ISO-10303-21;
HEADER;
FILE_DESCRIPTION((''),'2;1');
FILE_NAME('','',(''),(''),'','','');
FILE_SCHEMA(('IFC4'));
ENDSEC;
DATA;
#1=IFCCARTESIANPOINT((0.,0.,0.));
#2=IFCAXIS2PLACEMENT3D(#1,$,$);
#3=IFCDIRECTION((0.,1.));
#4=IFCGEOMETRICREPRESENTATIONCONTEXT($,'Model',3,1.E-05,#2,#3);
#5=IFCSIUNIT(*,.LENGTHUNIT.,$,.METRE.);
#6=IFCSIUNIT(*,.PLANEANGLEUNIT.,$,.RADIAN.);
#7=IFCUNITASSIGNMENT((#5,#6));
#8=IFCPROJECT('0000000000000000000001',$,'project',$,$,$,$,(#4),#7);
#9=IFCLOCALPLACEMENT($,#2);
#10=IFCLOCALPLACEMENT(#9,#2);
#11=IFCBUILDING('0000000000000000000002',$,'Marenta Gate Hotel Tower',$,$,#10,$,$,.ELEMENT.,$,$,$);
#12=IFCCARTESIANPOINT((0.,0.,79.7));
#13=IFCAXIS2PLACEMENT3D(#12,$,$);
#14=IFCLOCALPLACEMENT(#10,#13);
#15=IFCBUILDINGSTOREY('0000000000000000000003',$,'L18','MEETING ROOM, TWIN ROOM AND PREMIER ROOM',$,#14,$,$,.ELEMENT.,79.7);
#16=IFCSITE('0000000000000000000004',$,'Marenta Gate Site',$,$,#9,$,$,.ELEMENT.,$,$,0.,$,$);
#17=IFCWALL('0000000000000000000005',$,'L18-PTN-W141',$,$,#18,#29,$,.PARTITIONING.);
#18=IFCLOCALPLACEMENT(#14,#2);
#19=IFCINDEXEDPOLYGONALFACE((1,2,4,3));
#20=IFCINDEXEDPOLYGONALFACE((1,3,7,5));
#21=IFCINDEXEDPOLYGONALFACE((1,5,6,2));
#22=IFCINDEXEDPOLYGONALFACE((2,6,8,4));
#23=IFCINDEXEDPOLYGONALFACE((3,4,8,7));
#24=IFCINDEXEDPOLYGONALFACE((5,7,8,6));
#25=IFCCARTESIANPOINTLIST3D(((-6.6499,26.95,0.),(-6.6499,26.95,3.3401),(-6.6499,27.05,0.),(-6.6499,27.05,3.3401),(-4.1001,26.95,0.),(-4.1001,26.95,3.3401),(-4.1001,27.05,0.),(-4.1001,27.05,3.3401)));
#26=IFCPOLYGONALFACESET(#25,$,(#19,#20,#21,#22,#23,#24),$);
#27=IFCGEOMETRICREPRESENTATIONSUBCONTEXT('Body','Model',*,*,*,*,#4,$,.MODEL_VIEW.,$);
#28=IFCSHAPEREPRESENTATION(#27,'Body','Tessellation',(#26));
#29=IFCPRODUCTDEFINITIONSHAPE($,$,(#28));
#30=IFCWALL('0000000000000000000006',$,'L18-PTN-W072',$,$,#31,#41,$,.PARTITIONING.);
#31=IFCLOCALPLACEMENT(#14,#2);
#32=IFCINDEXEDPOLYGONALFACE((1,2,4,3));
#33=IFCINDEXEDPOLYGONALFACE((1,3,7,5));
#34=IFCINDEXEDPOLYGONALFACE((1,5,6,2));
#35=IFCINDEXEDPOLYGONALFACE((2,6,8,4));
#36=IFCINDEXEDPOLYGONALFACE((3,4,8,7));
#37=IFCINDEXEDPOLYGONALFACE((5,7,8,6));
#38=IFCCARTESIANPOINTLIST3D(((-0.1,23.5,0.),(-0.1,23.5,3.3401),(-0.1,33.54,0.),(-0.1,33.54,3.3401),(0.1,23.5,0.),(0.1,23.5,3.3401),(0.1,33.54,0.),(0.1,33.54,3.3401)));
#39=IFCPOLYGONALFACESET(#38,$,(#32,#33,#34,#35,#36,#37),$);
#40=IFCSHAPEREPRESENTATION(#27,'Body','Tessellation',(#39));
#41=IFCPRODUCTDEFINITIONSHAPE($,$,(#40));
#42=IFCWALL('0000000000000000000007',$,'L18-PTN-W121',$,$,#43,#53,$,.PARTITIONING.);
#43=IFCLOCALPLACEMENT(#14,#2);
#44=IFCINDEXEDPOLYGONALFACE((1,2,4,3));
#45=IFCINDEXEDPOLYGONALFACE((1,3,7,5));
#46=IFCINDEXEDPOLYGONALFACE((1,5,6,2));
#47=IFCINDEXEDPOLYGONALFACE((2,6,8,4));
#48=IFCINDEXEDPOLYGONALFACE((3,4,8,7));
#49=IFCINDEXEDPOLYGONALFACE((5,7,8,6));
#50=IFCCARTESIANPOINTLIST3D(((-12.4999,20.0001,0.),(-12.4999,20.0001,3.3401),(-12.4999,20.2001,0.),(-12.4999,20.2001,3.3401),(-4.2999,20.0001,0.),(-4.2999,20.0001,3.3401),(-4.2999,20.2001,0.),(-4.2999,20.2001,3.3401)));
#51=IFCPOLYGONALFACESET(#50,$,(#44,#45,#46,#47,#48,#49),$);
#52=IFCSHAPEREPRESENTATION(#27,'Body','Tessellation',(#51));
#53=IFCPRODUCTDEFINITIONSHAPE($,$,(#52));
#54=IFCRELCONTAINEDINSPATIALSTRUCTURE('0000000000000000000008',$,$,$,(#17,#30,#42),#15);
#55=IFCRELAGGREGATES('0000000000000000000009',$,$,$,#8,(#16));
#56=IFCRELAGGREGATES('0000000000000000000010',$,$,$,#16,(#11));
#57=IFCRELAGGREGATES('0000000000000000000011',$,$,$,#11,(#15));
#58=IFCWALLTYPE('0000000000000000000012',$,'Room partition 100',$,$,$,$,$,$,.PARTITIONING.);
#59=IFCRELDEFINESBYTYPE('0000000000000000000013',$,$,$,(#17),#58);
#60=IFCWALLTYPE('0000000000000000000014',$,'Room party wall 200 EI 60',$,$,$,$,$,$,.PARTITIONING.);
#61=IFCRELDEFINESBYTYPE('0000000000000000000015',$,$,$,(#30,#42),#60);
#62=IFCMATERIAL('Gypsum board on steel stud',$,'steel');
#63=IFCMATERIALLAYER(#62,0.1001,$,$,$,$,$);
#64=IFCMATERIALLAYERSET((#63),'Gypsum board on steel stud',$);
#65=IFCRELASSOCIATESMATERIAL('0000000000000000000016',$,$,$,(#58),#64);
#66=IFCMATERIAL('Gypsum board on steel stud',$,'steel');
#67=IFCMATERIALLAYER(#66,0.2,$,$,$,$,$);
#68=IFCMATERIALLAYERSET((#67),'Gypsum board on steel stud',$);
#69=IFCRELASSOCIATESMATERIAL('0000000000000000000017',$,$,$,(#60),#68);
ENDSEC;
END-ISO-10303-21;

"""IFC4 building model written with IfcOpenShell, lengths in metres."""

from ifc_helpers import new_model, si_unit, direction, frame, frame_2d, origin, place, context, subcontext, project, spatial, rectangle, extrude, material, layer, layer_set, type_object, element, save


model = new_model("IFC4")

# Units and contexts
model_context = context("Model", 3, precision=1e-05, world=origin(), true_north=direction((0.0, 1.0)))
body_context = subcontext(model_context, "Body", "Model", "MODEL_VIEW")
ifc_project = project(units=[si_unit("LENGTHUNIT", "METRE"), si_unit("PLANEANGLEUNIT", "RADIAN")], contexts=[model_context])

# Site, building, storey
site_placement = place(None, origin())
site = spatial("IfcSite", under=ifc_project, at=site_placement, Name="Marenta Gate Site", CompositionType="ELEMENT", RefElevation=0.0)
building_placement = place(site_placement, origin())
building = spatial("IfcBuilding", under=site, at=building_placement, Name="Marenta Gate Hotel Tower", CompositionType="ELEMENT")
storey_placement = place(building_placement, frame((0.0, 0.0, 79.7)))
storey = spatial("IfcBuildingStorey", under=building, at=storey_placement, Name="L18", Description="MEETING ROOM, TWIN ROOM AND PREMIER ROOM", CompositionType="ELEMENT", Elevation=79.7)

# Shared definitions
ifc_material_1 = material(Name="Gypsum board on steel stud", Category="steel")
ifc_layer_1 = layer(ifc_material_1, 0.1001)
ifc_layer_set_1 = layer_set([ifc_layer_1], Name="Gypsum board on steel stud")
wall_type_1 = type_object("IfcWallType", Name="Room partition 100", PredefinedType="PARTITIONING", material=ifc_layer_set_1)

# Walls
wall_1_placement = place(storey_placement, frame((-6.6499, 27.0, 0.0), z_axis=(0.0, 0.0, 1.0), x_axis=(1.0, 0.0, 0.0)))
element("IfcWall", 1, at=wall_1_placement, inside=storey, type_object=wall_type_1, Name="L18-PTN-W141", PredefinedType="PARTITIONING", context=body_context, shape_type="SweptSolid", body=[
    extrude(rectangle(XDim=2.5498, YDim=0.1001, at=frame_2d((1.2749, 0.0))), origin(), (0.0, 0.0, 1.0), 3.3401),
])
ifc_material_2 = material(Name="Gypsum board on steel stud", Category="steel")
ifc_layer_2 = layer(ifc_material_2, 0.2)
ifc_layer_set_2 = layer_set([ifc_layer_2], Name="Gypsum board on steel stud")
wall_type_2 = type_object("IfcWallType", Name="Room party wall 200 EI 60", PredefinedType="PARTITIONING", material=ifc_layer_set_2)
wall_2_placement = place(storey_placement, frame((0.0, 23.5, 0.0), z_axis=(0.0, 0.0, 1.0), x_axis=(0.0, 1.0, 0.0)))
element("IfcWall", 2, at=wall_2_placement, inside=storey, type_object=wall_type_2, Name="L18-PTN-W072", PredefinedType="PARTITIONING", context=body_context, shape_type="SweptSolid", body=[
    extrude(rectangle(XDim=10.04, YDim=0.2, at=frame_2d((5.02, 0.0))), origin(), (0.0, 0.0, 1.0), 3.3401),
])
wall_3_placement = place(storey_placement, frame((-12.5, 20.1001, 0.0), z_axis=(0.0, 0.0, 1.0), x_axis=(1.0, 0.0, 0.0)))
element("IfcWall", 3, at=wall_3_placement, inside=storey, type_object=wall_type_2, Name="L18-PTN-W121", PredefinedType="PARTITIONING", context=body_context, shape_type="SweptSolid", body=[
    extrude(rectangle(XDim=8.2, YDim=0.2, at=frame_2d((4.1001, 0.0))), origin(), (0.0, 0.0, 1.0), 3.3401),
])

save(model, "model.ifc")
